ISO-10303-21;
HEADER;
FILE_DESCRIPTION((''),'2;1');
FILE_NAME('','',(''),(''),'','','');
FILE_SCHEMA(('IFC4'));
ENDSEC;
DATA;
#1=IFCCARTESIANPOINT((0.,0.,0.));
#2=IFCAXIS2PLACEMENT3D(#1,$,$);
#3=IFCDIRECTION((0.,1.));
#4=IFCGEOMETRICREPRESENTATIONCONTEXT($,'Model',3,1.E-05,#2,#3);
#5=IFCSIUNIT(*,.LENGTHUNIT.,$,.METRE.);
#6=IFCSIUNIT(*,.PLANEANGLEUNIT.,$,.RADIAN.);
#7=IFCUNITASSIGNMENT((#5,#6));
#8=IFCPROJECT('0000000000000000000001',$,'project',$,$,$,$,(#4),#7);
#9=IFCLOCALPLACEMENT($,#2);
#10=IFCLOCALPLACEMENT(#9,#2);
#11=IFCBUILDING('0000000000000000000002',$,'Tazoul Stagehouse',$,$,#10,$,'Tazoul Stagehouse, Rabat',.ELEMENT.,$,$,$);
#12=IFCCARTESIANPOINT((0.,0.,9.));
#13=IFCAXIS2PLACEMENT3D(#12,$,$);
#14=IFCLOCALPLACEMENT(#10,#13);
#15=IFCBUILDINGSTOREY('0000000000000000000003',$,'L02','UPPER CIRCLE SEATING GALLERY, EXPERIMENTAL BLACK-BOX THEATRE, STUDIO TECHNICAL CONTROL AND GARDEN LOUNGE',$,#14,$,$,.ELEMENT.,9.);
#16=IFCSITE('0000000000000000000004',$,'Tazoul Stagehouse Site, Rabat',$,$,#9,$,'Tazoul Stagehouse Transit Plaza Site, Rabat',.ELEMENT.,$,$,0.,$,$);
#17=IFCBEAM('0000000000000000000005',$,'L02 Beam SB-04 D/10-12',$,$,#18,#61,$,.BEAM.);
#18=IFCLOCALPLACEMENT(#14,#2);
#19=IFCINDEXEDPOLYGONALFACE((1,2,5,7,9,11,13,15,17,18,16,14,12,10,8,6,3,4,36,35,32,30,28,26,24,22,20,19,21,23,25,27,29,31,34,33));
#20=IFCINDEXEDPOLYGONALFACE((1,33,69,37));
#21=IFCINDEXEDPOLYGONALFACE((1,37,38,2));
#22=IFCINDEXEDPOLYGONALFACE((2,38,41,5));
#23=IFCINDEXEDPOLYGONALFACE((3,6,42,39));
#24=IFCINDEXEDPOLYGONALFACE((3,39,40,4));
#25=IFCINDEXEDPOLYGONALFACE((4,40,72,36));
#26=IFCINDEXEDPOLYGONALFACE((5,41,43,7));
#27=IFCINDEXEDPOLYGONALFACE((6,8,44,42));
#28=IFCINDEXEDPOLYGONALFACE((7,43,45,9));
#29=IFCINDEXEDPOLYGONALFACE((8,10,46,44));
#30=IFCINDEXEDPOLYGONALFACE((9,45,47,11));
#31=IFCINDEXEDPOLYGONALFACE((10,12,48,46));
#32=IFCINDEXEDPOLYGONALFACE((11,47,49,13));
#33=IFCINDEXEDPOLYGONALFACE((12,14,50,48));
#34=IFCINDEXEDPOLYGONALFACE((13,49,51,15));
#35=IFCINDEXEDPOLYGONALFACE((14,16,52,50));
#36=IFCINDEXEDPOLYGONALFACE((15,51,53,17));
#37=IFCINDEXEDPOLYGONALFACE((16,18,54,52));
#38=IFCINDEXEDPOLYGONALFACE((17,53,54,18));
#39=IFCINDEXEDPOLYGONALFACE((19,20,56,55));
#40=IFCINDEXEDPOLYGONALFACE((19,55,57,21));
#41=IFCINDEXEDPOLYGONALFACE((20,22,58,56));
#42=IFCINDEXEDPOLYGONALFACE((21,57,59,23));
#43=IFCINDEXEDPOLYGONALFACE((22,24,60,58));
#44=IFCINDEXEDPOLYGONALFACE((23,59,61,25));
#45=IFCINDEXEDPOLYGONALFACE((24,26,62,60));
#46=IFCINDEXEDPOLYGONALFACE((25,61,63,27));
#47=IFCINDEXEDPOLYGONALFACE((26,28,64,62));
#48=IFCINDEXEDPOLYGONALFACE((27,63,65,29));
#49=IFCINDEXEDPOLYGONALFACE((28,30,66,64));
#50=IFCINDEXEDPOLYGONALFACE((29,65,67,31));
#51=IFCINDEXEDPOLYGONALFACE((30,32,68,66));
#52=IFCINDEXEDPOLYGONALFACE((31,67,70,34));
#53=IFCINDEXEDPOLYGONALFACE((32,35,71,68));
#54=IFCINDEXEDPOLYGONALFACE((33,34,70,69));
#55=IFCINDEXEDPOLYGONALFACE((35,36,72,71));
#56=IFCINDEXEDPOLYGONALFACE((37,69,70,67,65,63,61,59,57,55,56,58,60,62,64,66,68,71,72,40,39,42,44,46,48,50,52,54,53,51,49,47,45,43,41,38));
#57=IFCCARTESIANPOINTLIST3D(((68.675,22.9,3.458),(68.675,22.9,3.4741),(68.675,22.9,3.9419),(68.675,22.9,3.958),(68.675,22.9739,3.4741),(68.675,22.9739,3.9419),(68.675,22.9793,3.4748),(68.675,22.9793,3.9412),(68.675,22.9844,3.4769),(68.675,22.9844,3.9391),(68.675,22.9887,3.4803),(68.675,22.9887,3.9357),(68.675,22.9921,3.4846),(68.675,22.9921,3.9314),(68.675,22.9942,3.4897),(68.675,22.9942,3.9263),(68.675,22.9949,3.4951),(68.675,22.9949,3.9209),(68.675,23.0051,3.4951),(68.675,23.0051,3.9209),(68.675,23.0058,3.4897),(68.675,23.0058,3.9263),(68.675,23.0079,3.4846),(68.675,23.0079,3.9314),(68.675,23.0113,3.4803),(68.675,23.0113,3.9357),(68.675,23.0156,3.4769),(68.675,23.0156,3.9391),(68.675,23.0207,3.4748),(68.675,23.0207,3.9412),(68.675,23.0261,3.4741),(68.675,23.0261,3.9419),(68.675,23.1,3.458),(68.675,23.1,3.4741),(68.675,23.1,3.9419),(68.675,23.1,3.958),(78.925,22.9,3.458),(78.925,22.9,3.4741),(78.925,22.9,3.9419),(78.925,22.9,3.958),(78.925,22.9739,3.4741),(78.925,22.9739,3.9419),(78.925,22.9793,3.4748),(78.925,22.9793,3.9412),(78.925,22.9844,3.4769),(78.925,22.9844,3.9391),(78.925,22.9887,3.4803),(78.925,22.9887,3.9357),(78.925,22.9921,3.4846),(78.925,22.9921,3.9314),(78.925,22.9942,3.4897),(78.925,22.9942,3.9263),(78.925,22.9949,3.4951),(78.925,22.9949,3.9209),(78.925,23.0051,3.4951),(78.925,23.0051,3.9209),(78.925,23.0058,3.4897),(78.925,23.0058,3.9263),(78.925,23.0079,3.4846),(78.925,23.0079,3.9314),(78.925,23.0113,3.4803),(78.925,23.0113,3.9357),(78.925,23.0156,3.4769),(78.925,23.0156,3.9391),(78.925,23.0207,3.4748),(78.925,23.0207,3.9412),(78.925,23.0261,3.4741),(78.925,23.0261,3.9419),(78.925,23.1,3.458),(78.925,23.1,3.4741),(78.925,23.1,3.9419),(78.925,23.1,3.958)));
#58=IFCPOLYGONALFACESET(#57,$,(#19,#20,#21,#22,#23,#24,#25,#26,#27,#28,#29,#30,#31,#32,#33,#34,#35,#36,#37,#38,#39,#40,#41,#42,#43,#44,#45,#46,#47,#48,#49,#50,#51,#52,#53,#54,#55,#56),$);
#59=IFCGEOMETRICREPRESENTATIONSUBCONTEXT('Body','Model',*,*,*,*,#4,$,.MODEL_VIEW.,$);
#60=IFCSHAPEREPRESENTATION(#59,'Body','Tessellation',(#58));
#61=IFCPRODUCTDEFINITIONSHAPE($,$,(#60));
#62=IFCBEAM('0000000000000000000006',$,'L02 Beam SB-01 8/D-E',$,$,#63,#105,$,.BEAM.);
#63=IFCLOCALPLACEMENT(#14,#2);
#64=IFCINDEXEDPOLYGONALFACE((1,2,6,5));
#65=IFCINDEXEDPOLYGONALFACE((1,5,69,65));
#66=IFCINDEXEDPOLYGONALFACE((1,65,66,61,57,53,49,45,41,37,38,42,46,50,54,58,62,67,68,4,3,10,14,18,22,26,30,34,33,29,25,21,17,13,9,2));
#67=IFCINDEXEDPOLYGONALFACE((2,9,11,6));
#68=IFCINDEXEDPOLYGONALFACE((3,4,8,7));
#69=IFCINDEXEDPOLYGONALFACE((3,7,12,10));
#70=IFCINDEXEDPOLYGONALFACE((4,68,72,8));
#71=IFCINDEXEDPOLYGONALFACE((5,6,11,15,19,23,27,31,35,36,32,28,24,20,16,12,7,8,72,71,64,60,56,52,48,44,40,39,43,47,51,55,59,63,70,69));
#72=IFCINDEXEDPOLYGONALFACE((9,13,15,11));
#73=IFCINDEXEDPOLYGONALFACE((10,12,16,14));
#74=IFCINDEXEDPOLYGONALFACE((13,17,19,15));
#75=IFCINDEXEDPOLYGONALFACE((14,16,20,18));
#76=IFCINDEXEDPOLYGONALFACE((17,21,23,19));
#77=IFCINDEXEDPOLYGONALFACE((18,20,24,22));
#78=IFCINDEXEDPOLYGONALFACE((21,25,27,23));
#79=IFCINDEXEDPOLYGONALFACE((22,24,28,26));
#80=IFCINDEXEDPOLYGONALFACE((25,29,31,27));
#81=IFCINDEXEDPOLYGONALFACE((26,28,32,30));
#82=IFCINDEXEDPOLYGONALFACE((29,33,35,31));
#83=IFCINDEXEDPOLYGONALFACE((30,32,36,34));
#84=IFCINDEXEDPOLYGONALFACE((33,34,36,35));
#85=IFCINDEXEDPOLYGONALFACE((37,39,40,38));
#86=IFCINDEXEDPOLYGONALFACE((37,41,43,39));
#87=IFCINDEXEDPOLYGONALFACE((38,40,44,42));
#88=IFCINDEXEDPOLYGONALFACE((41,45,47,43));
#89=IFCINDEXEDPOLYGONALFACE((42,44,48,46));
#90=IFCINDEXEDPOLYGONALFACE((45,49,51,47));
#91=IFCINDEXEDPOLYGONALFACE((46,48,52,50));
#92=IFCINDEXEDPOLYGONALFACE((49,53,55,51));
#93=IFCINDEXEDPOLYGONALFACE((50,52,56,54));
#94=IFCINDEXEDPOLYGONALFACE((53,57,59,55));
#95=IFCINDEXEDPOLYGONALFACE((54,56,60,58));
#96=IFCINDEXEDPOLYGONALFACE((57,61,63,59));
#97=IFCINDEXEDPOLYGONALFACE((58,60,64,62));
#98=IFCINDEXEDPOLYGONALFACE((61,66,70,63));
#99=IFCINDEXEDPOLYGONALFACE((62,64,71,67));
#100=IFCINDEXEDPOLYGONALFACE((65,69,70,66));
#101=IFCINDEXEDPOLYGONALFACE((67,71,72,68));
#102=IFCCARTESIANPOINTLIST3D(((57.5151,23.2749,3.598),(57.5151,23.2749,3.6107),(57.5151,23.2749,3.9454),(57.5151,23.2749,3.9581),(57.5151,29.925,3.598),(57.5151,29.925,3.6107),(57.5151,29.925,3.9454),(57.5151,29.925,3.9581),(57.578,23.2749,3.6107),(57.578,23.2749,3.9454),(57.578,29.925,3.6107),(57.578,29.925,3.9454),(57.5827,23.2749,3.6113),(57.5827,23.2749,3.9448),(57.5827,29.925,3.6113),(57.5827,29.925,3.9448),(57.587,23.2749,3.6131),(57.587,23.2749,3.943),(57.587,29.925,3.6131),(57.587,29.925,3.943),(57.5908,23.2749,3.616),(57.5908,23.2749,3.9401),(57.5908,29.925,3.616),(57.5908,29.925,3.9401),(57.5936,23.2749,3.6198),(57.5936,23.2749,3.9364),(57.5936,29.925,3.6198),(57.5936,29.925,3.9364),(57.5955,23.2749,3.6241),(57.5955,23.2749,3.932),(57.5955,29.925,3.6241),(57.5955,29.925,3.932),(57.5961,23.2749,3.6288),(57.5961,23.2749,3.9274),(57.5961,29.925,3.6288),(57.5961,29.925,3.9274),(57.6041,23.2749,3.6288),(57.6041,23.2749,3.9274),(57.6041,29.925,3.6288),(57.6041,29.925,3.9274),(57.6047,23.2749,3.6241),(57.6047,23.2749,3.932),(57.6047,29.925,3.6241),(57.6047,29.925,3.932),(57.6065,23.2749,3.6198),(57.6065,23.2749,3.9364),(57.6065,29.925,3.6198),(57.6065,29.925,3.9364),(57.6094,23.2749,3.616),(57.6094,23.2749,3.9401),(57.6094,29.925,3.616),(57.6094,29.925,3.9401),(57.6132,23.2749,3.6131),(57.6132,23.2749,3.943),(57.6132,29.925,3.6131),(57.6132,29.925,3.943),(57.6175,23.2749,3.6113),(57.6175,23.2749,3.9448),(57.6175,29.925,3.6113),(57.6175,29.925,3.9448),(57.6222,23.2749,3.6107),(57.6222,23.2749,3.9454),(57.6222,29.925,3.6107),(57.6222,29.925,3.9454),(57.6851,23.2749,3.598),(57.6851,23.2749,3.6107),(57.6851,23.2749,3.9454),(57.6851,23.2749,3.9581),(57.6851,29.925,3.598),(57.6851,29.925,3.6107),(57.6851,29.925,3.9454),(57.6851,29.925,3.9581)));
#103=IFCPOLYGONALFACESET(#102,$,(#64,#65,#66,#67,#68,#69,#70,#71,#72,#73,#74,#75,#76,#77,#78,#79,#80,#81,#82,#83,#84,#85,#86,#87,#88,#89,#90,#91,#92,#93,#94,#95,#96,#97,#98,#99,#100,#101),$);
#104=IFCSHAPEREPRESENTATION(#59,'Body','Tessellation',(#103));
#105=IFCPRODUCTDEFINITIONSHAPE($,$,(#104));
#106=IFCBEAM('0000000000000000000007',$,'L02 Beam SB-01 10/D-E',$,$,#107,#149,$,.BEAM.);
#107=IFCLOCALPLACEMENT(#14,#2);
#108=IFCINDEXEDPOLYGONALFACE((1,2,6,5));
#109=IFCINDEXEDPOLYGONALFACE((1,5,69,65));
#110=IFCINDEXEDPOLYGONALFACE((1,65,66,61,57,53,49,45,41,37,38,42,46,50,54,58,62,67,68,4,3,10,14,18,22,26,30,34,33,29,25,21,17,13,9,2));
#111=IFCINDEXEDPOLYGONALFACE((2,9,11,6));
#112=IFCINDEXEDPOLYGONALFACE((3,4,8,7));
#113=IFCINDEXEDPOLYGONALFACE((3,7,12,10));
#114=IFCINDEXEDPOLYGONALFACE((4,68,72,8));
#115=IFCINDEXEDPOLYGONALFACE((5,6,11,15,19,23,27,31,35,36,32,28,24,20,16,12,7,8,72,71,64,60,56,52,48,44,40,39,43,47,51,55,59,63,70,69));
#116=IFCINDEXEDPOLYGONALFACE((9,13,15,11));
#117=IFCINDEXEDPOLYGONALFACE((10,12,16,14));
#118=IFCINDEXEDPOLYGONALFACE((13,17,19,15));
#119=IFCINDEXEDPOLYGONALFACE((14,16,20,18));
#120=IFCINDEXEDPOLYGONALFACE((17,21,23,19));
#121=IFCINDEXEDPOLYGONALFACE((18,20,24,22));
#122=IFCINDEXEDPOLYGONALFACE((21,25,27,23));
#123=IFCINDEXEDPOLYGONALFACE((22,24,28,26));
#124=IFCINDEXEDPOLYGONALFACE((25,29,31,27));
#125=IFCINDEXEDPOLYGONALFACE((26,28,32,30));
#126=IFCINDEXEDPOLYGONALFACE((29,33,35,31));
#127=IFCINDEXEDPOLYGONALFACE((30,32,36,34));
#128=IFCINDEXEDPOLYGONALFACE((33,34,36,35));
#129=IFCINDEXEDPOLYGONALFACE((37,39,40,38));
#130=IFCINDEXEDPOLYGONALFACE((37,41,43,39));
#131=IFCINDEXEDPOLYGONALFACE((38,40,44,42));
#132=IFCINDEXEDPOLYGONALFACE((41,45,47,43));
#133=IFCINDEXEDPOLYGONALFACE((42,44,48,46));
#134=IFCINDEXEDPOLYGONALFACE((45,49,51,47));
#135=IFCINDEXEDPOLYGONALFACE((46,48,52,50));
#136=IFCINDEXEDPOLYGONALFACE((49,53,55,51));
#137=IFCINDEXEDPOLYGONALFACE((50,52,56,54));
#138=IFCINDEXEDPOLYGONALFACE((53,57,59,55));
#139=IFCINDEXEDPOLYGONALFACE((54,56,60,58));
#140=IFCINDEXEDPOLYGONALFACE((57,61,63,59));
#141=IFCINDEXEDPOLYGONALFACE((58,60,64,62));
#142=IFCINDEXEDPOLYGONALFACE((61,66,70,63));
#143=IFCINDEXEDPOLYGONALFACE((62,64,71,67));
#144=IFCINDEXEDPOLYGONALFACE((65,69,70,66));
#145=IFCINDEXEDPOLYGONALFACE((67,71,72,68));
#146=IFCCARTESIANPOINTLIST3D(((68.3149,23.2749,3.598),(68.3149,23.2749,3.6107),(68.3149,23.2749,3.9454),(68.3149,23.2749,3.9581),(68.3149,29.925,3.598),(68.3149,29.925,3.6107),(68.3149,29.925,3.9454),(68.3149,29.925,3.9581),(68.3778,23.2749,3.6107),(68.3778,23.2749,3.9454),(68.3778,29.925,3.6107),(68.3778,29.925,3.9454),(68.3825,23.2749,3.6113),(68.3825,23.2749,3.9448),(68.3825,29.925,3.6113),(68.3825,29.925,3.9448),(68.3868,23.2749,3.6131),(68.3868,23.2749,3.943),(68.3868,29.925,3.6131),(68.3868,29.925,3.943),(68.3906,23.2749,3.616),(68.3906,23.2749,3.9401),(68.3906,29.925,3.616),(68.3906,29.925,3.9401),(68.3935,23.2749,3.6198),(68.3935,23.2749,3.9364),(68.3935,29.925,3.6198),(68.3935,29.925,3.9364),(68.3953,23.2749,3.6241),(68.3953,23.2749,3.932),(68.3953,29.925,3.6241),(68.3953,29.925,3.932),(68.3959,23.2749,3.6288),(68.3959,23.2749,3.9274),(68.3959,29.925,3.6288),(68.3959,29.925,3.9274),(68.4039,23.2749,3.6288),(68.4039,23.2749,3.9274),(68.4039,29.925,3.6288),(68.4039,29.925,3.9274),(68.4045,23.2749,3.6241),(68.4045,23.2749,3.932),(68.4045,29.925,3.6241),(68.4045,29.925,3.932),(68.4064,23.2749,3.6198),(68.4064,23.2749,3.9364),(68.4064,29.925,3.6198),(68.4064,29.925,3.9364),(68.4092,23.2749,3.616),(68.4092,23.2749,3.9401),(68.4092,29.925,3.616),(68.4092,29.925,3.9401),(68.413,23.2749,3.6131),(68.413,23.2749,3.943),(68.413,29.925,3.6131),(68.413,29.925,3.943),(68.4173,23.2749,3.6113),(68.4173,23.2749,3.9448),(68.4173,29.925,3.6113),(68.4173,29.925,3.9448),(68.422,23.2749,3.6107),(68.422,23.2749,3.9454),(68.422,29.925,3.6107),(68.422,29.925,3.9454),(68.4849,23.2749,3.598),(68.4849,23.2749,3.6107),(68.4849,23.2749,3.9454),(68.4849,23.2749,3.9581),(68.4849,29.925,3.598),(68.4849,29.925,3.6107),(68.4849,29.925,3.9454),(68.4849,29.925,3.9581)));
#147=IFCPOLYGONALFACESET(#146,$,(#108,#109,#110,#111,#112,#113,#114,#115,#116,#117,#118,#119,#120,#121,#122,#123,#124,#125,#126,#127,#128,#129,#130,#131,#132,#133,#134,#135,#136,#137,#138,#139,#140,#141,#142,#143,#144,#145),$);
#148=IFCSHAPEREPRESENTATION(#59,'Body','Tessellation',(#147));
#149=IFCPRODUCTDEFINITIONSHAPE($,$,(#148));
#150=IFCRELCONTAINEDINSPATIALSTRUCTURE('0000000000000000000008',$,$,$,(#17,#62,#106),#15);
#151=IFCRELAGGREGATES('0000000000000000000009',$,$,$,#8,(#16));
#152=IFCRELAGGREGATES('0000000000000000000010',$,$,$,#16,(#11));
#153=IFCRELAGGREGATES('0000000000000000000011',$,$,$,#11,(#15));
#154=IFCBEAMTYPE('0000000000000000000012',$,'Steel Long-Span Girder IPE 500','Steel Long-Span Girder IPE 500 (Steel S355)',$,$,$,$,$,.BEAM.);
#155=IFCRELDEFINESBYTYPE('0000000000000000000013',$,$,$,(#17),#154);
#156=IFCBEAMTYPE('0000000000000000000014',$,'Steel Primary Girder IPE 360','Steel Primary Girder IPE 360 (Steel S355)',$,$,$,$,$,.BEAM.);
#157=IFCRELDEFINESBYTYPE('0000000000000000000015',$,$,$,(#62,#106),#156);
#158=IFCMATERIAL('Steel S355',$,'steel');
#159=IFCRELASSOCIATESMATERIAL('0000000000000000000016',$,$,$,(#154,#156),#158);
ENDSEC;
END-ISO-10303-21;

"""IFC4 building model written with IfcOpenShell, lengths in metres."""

from ifc_helpers import new_model, si_unit, direction, frame, origin, origin_2d, place, context, subcontext, project, spatial, i_section, extrude, material, material_profile, profile_set, type_object, element, save


model = new_model("IFC4")

# Units and contexts
model_context = context("Model", 3, precision=1e-05, world=origin(), true_north=direction((0.0, 1.0)))
body_context = subcontext(model_context, "Body", "Model", "MODEL_VIEW")
ifc_project = project(units=[si_unit("LENGTHUNIT", "METRE"), si_unit("PLANEANGLEUNIT", "RADIAN")], contexts=[model_context])

# Site, building, storey
site_placement = place(None, origin())
site = spatial("IfcSite", under=ifc_project, at=site_placement, Name="Tazoul Stagehouse Site, Rabat", LongName="Tazoul Stagehouse Transit Plaza Site, Rabat", CompositionType="ELEMENT", RefElevation=0.0)
building_placement = place(site_placement, origin())
building = spatial("IfcBuilding", under=site, at=building_placement, Name="Tazoul Stagehouse", LongName="Tazoul Stagehouse, Rabat", CompositionType="ELEMENT")
storey_placement = place(building_placement, frame((0.0, 0.0, 9.0)))
storey = spatial("IfcBuildingStorey", under=building, at=storey_placement, Name="L02", Description="UPPER CIRCLE SEATING GALLERY, EXPERIMENTAL BLACK-BOX THEATRE, STUDIO TECHNICAL CONTROL AND GARDEN LOUNGE", CompositionType="ELEMENT", Elevation=9.0)

# Beams
ifc_material_1 = material(Name="Steel S355", Category="steel")
ifc_material_profile_1 = material_profile(ifc_material_1, i_section(OverallWidth=0.2, OverallDepth=0.5, WebThickness=0.0103, FlangeThickness=0.0161, FilletRadius=0.021, at=origin_2d()), Name="IPE 500")
ifc_profile_set_1 = profile_set([ifc_material_profile_1], Name="Steel S355")
beam_type_1 = type_object("IfcBeamType", Name="Steel Long-Span Girder IPE 500", Description="Steel Long-Span Girder IPE 500 (Steel S355)", PredefinedType="BEAM", material=ifc_profile_set_1)
for number, where, z_axis, x_axis, name in (
    (1, (68.675, 23.0, 3.708), (1.0, 0.0, 0.0), (0.0, 1.0, 0.0), "L02 Beam SB-04 D/10-12"),
):
    element("IfcBeam", number, at=place(storey_placement, frame(where, z_axis=z_axis, x_axis=x_axis)), inside=storey, type_object=beam_type_1, Name=name, PredefinedType="BEAM", context=body_context, shape_type="SweptSolid", body=[
        extrude(i_section(OverallWidth=0.2, OverallDepth=0.5, WebThickness=0.0103, FlangeThickness=0.0161, FilletRadius=0.021, at=origin_2d()), origin(), (0.0, 0.0, 1.0), 10.25),
    ])
ifc_material_profile_2 = material_profile(ifc_material_1, i_section(OverallWidth=0.1699, OverallDepth=0.3601, WebThickness=0.0081, FlangeThickness=0.0127, FilletRadius=0.0181, at=origin_2d()), Name="IPE 360")
ifc_profile_set_2 = profile_set([ifc_material_profile_2], Name="Steel S355")
beam_type_2 = type_object("IfcBeamType", Name="Steel Primary Girder IPE 360", Description="Steel Primary Girder IPE 360 (Steel S355)", PredefinedType="BEAM", material=ifc_profile_set_2)
for number, where, z_axis, x_axis, name in (
    (2, (57.6001, 23.2749, 3.7781), (0.0, 1.0, 0.0), (-1.0, 0.0, 0.0), "L02 Beam SB-01 8/D-E"),
    (3, (68.3999, 23.2749, 3.7781), (0.0, 1.0, 0.0), (-1.0, 0.0, 0.0), "L02 Beam SB-01 10/D-E"),
):
    element("IfcBeam", number, at=place(storey_placement, frame(where, z_axis=z_axis, x_axis=x_axis)), inside=storey, type_object=beam_type_2, Name=name, PredefinedType="BEAM", context=body_context, shape_type="SweptSolid", body=[
        extrude(i_section(OverallWidth=0.1699, OverallDepth=0.3601, WebThickness=0.0081, FlangeThickness=0.0127, FilletRadius=0.0181, at=origin_2d()), origin(), (0.0, 0.0, 1.0), 6.6501),
    ])

save(model, "model.ifc")
